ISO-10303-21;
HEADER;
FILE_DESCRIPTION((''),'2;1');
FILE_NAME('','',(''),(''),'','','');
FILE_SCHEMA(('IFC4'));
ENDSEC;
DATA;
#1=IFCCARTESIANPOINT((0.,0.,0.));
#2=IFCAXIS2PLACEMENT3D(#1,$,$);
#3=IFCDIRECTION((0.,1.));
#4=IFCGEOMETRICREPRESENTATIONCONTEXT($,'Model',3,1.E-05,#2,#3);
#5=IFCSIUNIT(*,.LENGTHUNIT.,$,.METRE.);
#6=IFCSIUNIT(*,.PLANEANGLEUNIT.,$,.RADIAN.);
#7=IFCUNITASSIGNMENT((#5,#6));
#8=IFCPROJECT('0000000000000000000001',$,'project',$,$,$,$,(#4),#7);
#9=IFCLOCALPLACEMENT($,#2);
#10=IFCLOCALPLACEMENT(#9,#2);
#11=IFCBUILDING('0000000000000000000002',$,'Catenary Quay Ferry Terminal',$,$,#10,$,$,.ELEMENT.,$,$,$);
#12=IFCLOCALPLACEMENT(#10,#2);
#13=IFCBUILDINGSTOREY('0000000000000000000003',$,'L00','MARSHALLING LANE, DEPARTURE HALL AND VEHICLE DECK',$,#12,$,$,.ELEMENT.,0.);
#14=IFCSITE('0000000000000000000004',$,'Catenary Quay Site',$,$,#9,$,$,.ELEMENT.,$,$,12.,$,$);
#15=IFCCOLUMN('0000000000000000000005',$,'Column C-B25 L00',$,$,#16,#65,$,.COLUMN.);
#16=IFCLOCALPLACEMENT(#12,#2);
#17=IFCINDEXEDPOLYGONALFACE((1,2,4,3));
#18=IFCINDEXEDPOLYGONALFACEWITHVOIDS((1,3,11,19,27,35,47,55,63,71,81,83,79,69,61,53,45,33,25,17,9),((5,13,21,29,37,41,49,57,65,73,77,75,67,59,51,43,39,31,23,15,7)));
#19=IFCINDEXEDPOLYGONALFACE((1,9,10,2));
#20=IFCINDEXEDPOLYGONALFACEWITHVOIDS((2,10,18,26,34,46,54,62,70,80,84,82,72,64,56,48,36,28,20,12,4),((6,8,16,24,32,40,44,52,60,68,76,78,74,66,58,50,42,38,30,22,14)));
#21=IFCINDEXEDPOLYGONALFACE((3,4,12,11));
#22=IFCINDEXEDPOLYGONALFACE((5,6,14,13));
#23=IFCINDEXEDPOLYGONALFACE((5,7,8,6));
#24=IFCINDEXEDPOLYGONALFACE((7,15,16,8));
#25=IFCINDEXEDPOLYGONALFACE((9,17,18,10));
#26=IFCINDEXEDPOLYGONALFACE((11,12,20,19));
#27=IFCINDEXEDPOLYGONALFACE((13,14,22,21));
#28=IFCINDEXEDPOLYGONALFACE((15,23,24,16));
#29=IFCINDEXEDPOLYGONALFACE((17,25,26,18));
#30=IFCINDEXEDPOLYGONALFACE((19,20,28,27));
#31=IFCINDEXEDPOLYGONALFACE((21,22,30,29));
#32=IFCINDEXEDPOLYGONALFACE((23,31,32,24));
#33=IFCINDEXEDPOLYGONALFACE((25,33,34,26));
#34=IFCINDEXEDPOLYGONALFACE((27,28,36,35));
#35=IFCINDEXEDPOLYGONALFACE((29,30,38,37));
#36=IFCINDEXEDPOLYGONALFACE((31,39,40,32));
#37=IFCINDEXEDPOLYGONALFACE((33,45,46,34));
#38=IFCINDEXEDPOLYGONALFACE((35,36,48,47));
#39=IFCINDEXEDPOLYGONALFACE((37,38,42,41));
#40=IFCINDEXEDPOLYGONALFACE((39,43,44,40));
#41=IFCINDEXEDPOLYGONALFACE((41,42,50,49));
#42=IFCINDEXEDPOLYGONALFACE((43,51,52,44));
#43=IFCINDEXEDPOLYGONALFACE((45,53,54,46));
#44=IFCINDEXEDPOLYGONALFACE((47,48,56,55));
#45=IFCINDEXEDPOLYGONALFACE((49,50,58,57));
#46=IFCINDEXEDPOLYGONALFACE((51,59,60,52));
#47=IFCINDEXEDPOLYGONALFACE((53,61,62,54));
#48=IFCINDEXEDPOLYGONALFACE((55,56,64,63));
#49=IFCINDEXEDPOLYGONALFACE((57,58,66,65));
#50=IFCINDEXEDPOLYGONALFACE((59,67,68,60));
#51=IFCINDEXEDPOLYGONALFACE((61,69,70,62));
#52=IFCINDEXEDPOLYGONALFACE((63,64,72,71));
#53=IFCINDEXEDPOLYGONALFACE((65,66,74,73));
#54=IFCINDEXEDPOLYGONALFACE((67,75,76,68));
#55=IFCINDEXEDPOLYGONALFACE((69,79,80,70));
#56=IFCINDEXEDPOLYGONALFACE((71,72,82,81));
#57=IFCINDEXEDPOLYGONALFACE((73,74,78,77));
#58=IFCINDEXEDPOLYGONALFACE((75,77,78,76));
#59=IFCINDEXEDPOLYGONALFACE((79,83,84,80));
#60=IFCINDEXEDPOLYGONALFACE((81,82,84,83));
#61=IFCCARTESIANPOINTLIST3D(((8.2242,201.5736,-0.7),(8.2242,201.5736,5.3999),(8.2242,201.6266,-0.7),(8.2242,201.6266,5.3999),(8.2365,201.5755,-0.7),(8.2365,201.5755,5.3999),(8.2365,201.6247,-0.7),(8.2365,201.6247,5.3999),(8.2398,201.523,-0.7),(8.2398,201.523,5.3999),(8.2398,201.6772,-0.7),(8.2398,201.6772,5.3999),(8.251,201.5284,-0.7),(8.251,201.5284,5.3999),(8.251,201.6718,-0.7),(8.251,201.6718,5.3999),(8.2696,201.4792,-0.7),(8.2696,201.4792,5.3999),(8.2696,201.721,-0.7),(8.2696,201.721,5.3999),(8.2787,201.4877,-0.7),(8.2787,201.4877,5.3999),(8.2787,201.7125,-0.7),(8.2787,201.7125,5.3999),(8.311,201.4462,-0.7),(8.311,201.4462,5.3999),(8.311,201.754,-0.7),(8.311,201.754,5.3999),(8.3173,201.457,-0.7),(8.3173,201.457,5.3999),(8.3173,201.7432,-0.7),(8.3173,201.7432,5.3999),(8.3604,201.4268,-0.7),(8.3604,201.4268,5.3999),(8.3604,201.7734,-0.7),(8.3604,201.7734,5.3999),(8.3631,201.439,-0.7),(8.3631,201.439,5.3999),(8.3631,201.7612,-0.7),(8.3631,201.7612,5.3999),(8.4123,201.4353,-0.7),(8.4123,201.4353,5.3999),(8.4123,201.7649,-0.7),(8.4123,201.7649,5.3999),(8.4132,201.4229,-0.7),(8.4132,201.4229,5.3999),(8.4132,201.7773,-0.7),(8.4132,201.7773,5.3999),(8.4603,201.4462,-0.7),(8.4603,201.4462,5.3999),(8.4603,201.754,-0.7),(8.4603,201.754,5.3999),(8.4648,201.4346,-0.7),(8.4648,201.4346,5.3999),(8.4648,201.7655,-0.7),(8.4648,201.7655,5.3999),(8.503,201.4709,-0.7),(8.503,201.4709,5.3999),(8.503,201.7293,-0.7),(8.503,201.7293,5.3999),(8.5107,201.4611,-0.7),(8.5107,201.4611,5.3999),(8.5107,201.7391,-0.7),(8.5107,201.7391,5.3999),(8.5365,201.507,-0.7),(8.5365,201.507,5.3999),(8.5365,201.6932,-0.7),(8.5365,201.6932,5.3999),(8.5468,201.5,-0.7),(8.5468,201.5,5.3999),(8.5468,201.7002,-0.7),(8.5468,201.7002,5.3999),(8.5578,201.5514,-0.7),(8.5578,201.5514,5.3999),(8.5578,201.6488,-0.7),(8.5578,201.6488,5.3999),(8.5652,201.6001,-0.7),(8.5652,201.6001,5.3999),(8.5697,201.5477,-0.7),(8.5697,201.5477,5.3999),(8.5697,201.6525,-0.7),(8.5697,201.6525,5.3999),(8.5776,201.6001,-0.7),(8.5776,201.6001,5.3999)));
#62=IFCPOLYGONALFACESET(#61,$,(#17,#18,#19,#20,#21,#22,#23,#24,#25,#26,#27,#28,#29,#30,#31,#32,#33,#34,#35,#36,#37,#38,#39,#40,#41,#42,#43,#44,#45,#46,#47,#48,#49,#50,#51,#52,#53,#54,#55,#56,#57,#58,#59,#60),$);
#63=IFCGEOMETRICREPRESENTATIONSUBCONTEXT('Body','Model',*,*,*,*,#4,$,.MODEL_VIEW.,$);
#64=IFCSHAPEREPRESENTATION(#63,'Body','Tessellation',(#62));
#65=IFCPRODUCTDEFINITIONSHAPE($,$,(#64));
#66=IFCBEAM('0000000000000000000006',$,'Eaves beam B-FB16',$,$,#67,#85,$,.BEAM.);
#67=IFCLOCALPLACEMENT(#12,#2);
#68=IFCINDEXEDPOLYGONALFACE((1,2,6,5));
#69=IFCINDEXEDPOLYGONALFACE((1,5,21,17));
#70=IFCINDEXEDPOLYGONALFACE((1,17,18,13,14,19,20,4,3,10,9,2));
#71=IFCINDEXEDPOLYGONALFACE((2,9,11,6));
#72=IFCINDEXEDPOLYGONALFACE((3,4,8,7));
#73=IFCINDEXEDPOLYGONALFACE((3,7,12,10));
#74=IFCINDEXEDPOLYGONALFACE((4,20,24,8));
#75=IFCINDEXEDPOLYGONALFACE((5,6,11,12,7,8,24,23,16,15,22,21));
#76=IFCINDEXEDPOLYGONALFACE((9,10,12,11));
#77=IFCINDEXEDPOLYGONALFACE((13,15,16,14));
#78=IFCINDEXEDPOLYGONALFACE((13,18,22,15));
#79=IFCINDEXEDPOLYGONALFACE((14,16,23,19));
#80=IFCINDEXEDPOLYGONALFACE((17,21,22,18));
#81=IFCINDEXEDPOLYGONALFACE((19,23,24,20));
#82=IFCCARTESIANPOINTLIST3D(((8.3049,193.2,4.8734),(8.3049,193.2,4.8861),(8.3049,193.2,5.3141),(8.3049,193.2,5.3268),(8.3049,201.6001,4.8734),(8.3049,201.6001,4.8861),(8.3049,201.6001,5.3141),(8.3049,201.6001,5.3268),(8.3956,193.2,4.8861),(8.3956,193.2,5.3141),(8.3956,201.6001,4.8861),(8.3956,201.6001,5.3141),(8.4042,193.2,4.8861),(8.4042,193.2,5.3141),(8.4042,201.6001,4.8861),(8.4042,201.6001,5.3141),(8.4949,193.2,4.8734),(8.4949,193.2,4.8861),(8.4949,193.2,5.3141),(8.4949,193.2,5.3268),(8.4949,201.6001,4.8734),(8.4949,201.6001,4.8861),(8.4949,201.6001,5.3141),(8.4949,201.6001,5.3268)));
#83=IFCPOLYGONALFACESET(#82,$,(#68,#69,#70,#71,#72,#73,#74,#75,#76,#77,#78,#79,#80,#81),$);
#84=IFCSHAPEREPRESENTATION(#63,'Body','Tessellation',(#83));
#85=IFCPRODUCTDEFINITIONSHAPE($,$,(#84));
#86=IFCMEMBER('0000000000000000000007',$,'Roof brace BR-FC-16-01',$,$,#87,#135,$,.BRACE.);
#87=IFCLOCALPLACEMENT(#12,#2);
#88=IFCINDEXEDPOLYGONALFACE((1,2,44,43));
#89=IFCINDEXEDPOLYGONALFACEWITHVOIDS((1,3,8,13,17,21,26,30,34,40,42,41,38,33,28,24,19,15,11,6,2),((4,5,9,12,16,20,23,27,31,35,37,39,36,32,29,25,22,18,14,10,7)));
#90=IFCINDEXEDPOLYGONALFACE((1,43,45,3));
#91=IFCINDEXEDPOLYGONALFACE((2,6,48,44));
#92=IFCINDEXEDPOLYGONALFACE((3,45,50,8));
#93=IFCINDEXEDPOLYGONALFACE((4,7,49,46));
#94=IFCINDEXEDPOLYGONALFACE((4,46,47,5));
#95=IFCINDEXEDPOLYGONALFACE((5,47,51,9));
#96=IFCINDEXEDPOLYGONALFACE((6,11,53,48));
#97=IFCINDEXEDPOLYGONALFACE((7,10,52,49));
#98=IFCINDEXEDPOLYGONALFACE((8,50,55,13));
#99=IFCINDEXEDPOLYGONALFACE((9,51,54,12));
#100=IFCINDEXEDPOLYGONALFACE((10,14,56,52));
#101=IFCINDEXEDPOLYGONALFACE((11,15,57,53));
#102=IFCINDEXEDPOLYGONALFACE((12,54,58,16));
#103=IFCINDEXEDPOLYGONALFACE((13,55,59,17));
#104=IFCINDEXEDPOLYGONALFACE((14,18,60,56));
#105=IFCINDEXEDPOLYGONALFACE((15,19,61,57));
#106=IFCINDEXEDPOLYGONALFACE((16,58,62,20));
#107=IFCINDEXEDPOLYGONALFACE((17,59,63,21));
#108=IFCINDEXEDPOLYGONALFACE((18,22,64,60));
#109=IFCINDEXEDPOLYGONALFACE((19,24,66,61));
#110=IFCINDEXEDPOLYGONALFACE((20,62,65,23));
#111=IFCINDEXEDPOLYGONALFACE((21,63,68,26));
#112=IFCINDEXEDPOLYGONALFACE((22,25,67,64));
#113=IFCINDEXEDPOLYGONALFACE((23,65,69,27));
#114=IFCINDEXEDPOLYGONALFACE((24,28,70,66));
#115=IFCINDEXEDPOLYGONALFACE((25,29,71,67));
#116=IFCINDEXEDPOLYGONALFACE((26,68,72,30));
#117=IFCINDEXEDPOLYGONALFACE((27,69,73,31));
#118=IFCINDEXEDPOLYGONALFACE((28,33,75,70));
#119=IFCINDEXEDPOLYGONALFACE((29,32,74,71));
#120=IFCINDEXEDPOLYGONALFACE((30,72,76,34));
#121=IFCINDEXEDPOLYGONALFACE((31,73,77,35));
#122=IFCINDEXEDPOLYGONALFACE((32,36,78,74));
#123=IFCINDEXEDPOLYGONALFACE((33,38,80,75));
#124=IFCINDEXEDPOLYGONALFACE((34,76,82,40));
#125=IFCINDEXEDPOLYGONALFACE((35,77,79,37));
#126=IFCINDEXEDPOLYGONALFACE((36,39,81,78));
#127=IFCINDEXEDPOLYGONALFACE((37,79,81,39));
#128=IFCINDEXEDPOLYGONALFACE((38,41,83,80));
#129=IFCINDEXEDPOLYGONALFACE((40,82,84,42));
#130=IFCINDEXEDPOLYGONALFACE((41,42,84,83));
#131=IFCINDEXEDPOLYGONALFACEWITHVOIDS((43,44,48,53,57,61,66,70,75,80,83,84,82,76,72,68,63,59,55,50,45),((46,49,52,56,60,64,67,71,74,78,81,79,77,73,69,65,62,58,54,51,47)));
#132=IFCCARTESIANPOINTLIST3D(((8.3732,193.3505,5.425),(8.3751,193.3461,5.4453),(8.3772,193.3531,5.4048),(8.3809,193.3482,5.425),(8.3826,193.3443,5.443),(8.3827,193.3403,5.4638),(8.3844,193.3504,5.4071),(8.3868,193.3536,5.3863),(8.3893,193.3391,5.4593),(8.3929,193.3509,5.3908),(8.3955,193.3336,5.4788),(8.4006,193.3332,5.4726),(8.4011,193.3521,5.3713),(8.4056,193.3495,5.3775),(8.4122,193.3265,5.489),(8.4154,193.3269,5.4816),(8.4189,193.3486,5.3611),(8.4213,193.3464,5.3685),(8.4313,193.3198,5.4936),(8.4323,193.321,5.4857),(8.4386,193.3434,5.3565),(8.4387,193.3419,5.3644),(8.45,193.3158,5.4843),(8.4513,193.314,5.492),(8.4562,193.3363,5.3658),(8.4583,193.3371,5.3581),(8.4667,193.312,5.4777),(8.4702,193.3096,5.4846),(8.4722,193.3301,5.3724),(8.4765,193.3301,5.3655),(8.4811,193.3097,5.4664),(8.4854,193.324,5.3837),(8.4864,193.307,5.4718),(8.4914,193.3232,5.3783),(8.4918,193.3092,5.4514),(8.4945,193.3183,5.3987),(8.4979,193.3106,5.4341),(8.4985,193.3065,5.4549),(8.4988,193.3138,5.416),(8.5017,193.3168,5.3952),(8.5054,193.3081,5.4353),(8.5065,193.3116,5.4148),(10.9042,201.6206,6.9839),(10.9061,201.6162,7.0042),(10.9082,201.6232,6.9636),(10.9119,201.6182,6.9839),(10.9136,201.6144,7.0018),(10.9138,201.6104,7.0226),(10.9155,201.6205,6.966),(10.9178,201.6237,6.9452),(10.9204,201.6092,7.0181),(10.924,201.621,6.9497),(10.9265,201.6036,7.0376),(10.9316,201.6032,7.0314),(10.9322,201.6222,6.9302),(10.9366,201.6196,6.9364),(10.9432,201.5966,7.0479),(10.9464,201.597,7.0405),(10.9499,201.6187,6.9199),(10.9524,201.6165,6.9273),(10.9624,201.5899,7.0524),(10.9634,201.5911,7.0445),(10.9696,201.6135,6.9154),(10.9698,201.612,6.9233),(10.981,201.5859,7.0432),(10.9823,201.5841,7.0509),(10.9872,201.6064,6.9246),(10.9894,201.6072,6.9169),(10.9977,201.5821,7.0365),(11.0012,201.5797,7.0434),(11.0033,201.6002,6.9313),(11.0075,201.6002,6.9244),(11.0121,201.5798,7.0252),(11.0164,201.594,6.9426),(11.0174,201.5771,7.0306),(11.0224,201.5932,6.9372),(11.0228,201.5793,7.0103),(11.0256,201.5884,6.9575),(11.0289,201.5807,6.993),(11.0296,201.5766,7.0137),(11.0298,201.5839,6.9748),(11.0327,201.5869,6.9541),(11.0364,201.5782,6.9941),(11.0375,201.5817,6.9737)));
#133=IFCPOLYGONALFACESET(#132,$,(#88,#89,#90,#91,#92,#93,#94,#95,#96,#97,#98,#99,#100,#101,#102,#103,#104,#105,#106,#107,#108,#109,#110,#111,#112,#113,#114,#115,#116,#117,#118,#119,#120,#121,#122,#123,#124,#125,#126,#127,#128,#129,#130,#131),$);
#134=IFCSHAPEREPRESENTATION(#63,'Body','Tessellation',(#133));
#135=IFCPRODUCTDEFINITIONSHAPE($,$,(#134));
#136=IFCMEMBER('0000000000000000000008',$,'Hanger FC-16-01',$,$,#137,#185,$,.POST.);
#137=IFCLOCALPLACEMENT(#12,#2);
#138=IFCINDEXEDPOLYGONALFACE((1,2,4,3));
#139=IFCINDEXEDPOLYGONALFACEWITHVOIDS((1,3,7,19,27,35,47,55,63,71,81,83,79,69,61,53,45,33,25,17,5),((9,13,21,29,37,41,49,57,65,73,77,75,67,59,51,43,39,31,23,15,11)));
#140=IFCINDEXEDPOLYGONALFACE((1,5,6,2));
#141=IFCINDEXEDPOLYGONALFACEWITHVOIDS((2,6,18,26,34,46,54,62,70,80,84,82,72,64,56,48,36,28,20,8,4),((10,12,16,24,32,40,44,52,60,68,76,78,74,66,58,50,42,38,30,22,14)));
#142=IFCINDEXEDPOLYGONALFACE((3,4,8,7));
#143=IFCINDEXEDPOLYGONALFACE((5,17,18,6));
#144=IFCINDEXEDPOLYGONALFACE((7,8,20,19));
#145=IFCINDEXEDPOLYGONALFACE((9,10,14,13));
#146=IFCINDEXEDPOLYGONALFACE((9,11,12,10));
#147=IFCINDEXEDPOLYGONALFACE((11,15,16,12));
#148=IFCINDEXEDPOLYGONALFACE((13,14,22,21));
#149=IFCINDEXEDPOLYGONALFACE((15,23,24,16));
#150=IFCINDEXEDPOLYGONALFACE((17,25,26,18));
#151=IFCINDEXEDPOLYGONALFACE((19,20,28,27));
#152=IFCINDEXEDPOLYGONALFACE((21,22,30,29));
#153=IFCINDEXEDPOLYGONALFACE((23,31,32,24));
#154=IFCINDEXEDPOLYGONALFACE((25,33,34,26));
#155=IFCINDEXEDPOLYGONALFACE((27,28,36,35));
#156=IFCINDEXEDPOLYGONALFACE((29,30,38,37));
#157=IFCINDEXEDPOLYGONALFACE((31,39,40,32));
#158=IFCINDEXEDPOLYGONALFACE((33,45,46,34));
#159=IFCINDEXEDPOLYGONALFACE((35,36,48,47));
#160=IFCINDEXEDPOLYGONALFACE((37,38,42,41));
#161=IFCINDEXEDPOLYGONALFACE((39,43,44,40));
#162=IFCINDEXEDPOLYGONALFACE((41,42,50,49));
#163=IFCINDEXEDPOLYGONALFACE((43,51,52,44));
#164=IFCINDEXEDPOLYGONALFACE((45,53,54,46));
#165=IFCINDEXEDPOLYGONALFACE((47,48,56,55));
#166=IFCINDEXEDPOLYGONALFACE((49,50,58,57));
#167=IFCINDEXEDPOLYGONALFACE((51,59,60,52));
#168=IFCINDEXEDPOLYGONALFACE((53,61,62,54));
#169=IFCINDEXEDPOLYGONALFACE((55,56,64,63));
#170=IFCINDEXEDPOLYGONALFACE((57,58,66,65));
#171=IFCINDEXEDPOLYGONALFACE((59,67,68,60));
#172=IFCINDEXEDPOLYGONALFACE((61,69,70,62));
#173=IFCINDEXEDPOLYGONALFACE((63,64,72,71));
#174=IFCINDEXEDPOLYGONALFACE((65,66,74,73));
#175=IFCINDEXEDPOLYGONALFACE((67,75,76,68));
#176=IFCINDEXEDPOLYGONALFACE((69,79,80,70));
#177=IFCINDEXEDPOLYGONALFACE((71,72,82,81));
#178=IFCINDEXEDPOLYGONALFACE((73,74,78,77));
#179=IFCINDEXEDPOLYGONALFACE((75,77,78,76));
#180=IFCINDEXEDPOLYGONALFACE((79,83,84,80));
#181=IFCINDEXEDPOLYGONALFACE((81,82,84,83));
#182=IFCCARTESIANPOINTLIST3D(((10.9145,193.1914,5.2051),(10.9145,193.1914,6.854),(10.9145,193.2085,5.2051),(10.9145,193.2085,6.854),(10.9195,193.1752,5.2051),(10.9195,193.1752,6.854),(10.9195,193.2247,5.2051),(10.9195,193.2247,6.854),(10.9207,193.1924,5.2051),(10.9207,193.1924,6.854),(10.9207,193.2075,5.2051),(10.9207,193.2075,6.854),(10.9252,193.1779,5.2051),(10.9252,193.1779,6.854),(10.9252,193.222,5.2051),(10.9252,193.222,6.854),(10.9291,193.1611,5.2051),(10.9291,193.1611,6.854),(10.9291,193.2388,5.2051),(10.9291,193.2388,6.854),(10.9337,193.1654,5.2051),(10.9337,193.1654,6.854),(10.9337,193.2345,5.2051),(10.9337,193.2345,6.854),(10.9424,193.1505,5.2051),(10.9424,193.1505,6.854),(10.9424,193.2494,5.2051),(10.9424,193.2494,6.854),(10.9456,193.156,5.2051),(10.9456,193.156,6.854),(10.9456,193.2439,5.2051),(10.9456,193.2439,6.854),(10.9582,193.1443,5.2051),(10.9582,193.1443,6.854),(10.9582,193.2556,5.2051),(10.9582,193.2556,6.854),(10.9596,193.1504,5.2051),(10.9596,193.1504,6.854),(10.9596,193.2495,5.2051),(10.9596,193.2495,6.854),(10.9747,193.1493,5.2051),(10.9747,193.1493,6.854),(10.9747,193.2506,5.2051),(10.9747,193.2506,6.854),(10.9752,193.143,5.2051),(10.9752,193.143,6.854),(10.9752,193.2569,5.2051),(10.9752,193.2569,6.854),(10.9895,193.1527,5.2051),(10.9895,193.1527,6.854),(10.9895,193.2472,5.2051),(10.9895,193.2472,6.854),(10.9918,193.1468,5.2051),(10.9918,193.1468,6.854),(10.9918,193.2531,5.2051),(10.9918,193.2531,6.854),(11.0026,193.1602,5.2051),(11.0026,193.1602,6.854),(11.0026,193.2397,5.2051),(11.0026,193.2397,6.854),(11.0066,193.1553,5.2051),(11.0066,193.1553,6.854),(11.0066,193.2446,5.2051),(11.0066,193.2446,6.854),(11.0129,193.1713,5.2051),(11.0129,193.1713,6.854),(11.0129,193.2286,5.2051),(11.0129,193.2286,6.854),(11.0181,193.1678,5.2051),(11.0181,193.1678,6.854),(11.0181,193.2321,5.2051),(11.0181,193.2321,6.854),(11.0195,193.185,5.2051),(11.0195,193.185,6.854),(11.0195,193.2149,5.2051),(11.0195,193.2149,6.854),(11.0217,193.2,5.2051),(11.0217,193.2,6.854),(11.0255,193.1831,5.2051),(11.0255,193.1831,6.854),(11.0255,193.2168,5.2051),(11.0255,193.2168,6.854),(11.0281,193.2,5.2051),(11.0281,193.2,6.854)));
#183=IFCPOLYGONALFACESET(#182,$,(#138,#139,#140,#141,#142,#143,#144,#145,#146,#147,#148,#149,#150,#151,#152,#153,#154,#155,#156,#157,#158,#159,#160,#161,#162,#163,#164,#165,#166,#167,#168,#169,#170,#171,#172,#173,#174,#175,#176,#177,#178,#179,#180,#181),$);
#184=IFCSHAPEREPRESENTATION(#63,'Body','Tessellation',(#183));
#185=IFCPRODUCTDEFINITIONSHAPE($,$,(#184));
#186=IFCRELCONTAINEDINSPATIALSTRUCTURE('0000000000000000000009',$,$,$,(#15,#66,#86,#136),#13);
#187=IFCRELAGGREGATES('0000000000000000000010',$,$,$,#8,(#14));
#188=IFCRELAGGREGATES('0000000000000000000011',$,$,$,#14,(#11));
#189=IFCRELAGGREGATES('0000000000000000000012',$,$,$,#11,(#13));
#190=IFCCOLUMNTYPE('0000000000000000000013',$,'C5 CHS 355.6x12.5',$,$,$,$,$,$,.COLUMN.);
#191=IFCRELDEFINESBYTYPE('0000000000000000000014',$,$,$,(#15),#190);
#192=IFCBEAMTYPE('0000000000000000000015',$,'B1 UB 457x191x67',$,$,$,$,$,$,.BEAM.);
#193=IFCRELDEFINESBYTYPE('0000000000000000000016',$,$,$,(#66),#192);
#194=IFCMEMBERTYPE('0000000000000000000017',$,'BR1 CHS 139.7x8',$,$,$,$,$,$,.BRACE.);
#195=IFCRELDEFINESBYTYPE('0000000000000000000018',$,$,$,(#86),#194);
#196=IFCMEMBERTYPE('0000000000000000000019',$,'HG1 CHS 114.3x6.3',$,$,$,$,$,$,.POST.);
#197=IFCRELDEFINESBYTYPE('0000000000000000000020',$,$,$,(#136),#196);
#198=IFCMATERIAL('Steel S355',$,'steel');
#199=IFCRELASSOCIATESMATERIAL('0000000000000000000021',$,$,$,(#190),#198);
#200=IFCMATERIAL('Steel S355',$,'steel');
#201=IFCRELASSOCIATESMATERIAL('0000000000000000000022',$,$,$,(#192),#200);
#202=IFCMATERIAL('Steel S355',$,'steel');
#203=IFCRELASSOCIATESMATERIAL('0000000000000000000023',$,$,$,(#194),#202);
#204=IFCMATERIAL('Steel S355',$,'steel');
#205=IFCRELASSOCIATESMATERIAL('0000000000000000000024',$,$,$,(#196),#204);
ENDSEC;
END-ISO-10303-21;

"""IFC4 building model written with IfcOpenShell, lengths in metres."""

from ifc_helpers import new_model, si_unit, direction, frame, origin, origin_2d, place, context, subcontext, project, spatial, hollow_circle, i_section, extrude, material, material_profile, profile_set, type_object, element, save


model = new_model("IFC4")

# Units and contexts
model_context = context("Model", 3, precision=1e-05, world=origin(), true_north=direction((0.0, 1.0)))
body_context = subcontext(model_context, "Body", "Model", "MODEL_VIEW")
ifc_project = project(units=[si_unit("LENGTHUNIT", "METRE"), si_unit("PLANEANGLEUNIT", "RADIAN")], contexts=[model_context])

# Site, building, storey
site_placement = place(None, origin())
site = spatial("IfcSite", under=ifc_project, at=site_placement, Name="Catenary Quay Site", CompositionType="ELEMENT", RefElevation=12.0)
building_placement = place(site_placement, origin())
building = spatial("IfcBuilding", under=site, at=building_placement, Name="Catenary Quay Ferry Terminal", CompositionType="ELEMENT")
storey_placement = place(building_placement, origin())
storey = spatial("IfcBuildingStorey", under=building, at=storey_placement, Name="L00", Description="MARSHALLING LANE, DEPARTURE HALL AND VEHICLE DECK", CompositionType="ELEMENT", Elevation=0.0)

# Column
ifc_material_1 = material(Name="Steel S355", Category="steel")
ifc_material_profile_1 = material_profile(ifc_material_1, hollow_circle(Radius=0.1777, WallThickness=0.0125, at=origin_2d()), Name="CHS 355.6x12.5")
ifc_profile_set_1 = profile_set([ifc_material_profile_1], Name="Steel S355")
column_type = type_object("IfcColumnType", Name="C5 CHS 355.6x12.5", PredefinedType="COLUMN", material=ifc_profile_set_1)
for number, where, z_axis, x_axis, name in (
    (1, (8.3999, 201.6001, -0.7), (0.0, 0.0, 1.0), (1.0, 0.0, 0.0), "Column C-B25 L00"),
):
    element("IfcColumn", number, at=place(storey_placement, frame(where, z_axis=z_axis, x_axis=x_axis)), inside=storey, type_object=column_type, Name=name, PredefinedType="COLUMN", context=body_context, shape_type="SweptSolid", body=[
        extrude(hollow_circle(Radius=0.1777, WallThickness=0.0125, at=origin_2d()), origin(), (0.0, 0.0, 1.0), 6.0999),
    ])

# Beam
ifc_material_2 = material(Name="Steel S355", Category="steel")
ifc_material_profile_2 = material_profile(ifc_material_2, i_section(OverallWidth=0.1899, OverallDepth=0.4534, WebThickness=0.0085, FlangeThickness=0.0127, at=origin_2d()), Name="UB 457x191x67")
ifc_profile_set_2 = profile_set([ifc_material_profile_2], Name="Steel S355")
beam_type_1 = type_object("IfcBeamType", Name="B1 UB 457x191x67", PredefinedType="BEAM", material=ifc_profile_set_2)
beam_placement = place(storey_placement, frame((8.3999, 193.2, 5.1001), z_axis=(0.0, 1.0, 0.0), x_axis=(-1.0, 0.0, 0.0)))
element("IfcBeam", 2, at=beam_placement, inside=storey, type_object=beam_type_1, Name="Eaves beam B-FB16", PredefinedType="BEAM", context=body_context, shape_type="SweptSolid", body=[
    extrude(i_section(OverallWidth=0.1899, OverallDepth=0.4534, WebThickness=0.0085, FlangeThickness=0.0127, at=origin_2d()), origin(), (0.0, 0.0, 1.0), 8.4001),
])

# Members
ifc_material_3 = material(Name="Steel S355", Category="steel")
ifc_material_profile_3 = material_profile(ifc_material_3, hollow_circle(Radius=0.0698, WallThickness=0.0081, at=origin_2d()), Name="CHS 139.7x8")
ifc_profile_set_3 = profile_set([ifc_material_profile_3], Name="Steel S355")
member_type_1 = type_object("IfcMemberType", Name="BR1 CHS 139.7x8", PredefinedType="BRACE", material=ifc_profile_set_3)
member_1_placement = place(storey_placement, frame((8.4399, 193.3301, 5.425), z_axis=(0.288007, 0.941057, 0.177382), x_axis=(-0.95622, 0.292647, 0.0)))
element("IfcMember", 3, at=member_1_placement, inside=storey, type_object=member_type_1, Name="Roof brace BR-FC-16-01", PredefinedType="BRACE", context=body_context, shape_type="SweptSolid", body=[
    extrude(hollow_circle(Radius=0.0698, WallThickness=0.0081, at=origin_2d()), origin(), (0.0, 0.0, 1.0), 8.7881),
])
ifc_material_4 = material(Name="Steel S355", Category="steel")
ifc_material_profile_4 = material_profile(ifc_material_4, hollow_circle(Radius=0.0571, WallThickness=0.0063, at=origin_2d()), Name="CHS 114.3x6.3")
ifc_profile_set_4 = profile_set([ifc_material_profile_4], Name="Steel S355")
member_type_2 = type_object("IfcMemberType", Name="HG1 CHS 114.3x6.3", PredefinedType="POST", material=ifc_profile_set_4)
member_2_placement = place(storey_placement, frame((10.9709, 193.2, 5.2051), z_axis=(0.0, 0.0, 1.0), x_axis=(1.0, 0.0, 0.0)))
element("IfcMember", 4, at=member_2_placement, inside=storey, type_object=member_type_2, Name="Hanger FC-16-01", PredefinedType="POST", context=body_context, shape_type="SweptSolid", body=[
    extrude(hollow_circle(Radius=0.0571, WallThickness=0.0063, at=origin_2d()), origin(), (0.0, 0.0, 1.0), 1.6489),
])

save(model, "model.ifc")
